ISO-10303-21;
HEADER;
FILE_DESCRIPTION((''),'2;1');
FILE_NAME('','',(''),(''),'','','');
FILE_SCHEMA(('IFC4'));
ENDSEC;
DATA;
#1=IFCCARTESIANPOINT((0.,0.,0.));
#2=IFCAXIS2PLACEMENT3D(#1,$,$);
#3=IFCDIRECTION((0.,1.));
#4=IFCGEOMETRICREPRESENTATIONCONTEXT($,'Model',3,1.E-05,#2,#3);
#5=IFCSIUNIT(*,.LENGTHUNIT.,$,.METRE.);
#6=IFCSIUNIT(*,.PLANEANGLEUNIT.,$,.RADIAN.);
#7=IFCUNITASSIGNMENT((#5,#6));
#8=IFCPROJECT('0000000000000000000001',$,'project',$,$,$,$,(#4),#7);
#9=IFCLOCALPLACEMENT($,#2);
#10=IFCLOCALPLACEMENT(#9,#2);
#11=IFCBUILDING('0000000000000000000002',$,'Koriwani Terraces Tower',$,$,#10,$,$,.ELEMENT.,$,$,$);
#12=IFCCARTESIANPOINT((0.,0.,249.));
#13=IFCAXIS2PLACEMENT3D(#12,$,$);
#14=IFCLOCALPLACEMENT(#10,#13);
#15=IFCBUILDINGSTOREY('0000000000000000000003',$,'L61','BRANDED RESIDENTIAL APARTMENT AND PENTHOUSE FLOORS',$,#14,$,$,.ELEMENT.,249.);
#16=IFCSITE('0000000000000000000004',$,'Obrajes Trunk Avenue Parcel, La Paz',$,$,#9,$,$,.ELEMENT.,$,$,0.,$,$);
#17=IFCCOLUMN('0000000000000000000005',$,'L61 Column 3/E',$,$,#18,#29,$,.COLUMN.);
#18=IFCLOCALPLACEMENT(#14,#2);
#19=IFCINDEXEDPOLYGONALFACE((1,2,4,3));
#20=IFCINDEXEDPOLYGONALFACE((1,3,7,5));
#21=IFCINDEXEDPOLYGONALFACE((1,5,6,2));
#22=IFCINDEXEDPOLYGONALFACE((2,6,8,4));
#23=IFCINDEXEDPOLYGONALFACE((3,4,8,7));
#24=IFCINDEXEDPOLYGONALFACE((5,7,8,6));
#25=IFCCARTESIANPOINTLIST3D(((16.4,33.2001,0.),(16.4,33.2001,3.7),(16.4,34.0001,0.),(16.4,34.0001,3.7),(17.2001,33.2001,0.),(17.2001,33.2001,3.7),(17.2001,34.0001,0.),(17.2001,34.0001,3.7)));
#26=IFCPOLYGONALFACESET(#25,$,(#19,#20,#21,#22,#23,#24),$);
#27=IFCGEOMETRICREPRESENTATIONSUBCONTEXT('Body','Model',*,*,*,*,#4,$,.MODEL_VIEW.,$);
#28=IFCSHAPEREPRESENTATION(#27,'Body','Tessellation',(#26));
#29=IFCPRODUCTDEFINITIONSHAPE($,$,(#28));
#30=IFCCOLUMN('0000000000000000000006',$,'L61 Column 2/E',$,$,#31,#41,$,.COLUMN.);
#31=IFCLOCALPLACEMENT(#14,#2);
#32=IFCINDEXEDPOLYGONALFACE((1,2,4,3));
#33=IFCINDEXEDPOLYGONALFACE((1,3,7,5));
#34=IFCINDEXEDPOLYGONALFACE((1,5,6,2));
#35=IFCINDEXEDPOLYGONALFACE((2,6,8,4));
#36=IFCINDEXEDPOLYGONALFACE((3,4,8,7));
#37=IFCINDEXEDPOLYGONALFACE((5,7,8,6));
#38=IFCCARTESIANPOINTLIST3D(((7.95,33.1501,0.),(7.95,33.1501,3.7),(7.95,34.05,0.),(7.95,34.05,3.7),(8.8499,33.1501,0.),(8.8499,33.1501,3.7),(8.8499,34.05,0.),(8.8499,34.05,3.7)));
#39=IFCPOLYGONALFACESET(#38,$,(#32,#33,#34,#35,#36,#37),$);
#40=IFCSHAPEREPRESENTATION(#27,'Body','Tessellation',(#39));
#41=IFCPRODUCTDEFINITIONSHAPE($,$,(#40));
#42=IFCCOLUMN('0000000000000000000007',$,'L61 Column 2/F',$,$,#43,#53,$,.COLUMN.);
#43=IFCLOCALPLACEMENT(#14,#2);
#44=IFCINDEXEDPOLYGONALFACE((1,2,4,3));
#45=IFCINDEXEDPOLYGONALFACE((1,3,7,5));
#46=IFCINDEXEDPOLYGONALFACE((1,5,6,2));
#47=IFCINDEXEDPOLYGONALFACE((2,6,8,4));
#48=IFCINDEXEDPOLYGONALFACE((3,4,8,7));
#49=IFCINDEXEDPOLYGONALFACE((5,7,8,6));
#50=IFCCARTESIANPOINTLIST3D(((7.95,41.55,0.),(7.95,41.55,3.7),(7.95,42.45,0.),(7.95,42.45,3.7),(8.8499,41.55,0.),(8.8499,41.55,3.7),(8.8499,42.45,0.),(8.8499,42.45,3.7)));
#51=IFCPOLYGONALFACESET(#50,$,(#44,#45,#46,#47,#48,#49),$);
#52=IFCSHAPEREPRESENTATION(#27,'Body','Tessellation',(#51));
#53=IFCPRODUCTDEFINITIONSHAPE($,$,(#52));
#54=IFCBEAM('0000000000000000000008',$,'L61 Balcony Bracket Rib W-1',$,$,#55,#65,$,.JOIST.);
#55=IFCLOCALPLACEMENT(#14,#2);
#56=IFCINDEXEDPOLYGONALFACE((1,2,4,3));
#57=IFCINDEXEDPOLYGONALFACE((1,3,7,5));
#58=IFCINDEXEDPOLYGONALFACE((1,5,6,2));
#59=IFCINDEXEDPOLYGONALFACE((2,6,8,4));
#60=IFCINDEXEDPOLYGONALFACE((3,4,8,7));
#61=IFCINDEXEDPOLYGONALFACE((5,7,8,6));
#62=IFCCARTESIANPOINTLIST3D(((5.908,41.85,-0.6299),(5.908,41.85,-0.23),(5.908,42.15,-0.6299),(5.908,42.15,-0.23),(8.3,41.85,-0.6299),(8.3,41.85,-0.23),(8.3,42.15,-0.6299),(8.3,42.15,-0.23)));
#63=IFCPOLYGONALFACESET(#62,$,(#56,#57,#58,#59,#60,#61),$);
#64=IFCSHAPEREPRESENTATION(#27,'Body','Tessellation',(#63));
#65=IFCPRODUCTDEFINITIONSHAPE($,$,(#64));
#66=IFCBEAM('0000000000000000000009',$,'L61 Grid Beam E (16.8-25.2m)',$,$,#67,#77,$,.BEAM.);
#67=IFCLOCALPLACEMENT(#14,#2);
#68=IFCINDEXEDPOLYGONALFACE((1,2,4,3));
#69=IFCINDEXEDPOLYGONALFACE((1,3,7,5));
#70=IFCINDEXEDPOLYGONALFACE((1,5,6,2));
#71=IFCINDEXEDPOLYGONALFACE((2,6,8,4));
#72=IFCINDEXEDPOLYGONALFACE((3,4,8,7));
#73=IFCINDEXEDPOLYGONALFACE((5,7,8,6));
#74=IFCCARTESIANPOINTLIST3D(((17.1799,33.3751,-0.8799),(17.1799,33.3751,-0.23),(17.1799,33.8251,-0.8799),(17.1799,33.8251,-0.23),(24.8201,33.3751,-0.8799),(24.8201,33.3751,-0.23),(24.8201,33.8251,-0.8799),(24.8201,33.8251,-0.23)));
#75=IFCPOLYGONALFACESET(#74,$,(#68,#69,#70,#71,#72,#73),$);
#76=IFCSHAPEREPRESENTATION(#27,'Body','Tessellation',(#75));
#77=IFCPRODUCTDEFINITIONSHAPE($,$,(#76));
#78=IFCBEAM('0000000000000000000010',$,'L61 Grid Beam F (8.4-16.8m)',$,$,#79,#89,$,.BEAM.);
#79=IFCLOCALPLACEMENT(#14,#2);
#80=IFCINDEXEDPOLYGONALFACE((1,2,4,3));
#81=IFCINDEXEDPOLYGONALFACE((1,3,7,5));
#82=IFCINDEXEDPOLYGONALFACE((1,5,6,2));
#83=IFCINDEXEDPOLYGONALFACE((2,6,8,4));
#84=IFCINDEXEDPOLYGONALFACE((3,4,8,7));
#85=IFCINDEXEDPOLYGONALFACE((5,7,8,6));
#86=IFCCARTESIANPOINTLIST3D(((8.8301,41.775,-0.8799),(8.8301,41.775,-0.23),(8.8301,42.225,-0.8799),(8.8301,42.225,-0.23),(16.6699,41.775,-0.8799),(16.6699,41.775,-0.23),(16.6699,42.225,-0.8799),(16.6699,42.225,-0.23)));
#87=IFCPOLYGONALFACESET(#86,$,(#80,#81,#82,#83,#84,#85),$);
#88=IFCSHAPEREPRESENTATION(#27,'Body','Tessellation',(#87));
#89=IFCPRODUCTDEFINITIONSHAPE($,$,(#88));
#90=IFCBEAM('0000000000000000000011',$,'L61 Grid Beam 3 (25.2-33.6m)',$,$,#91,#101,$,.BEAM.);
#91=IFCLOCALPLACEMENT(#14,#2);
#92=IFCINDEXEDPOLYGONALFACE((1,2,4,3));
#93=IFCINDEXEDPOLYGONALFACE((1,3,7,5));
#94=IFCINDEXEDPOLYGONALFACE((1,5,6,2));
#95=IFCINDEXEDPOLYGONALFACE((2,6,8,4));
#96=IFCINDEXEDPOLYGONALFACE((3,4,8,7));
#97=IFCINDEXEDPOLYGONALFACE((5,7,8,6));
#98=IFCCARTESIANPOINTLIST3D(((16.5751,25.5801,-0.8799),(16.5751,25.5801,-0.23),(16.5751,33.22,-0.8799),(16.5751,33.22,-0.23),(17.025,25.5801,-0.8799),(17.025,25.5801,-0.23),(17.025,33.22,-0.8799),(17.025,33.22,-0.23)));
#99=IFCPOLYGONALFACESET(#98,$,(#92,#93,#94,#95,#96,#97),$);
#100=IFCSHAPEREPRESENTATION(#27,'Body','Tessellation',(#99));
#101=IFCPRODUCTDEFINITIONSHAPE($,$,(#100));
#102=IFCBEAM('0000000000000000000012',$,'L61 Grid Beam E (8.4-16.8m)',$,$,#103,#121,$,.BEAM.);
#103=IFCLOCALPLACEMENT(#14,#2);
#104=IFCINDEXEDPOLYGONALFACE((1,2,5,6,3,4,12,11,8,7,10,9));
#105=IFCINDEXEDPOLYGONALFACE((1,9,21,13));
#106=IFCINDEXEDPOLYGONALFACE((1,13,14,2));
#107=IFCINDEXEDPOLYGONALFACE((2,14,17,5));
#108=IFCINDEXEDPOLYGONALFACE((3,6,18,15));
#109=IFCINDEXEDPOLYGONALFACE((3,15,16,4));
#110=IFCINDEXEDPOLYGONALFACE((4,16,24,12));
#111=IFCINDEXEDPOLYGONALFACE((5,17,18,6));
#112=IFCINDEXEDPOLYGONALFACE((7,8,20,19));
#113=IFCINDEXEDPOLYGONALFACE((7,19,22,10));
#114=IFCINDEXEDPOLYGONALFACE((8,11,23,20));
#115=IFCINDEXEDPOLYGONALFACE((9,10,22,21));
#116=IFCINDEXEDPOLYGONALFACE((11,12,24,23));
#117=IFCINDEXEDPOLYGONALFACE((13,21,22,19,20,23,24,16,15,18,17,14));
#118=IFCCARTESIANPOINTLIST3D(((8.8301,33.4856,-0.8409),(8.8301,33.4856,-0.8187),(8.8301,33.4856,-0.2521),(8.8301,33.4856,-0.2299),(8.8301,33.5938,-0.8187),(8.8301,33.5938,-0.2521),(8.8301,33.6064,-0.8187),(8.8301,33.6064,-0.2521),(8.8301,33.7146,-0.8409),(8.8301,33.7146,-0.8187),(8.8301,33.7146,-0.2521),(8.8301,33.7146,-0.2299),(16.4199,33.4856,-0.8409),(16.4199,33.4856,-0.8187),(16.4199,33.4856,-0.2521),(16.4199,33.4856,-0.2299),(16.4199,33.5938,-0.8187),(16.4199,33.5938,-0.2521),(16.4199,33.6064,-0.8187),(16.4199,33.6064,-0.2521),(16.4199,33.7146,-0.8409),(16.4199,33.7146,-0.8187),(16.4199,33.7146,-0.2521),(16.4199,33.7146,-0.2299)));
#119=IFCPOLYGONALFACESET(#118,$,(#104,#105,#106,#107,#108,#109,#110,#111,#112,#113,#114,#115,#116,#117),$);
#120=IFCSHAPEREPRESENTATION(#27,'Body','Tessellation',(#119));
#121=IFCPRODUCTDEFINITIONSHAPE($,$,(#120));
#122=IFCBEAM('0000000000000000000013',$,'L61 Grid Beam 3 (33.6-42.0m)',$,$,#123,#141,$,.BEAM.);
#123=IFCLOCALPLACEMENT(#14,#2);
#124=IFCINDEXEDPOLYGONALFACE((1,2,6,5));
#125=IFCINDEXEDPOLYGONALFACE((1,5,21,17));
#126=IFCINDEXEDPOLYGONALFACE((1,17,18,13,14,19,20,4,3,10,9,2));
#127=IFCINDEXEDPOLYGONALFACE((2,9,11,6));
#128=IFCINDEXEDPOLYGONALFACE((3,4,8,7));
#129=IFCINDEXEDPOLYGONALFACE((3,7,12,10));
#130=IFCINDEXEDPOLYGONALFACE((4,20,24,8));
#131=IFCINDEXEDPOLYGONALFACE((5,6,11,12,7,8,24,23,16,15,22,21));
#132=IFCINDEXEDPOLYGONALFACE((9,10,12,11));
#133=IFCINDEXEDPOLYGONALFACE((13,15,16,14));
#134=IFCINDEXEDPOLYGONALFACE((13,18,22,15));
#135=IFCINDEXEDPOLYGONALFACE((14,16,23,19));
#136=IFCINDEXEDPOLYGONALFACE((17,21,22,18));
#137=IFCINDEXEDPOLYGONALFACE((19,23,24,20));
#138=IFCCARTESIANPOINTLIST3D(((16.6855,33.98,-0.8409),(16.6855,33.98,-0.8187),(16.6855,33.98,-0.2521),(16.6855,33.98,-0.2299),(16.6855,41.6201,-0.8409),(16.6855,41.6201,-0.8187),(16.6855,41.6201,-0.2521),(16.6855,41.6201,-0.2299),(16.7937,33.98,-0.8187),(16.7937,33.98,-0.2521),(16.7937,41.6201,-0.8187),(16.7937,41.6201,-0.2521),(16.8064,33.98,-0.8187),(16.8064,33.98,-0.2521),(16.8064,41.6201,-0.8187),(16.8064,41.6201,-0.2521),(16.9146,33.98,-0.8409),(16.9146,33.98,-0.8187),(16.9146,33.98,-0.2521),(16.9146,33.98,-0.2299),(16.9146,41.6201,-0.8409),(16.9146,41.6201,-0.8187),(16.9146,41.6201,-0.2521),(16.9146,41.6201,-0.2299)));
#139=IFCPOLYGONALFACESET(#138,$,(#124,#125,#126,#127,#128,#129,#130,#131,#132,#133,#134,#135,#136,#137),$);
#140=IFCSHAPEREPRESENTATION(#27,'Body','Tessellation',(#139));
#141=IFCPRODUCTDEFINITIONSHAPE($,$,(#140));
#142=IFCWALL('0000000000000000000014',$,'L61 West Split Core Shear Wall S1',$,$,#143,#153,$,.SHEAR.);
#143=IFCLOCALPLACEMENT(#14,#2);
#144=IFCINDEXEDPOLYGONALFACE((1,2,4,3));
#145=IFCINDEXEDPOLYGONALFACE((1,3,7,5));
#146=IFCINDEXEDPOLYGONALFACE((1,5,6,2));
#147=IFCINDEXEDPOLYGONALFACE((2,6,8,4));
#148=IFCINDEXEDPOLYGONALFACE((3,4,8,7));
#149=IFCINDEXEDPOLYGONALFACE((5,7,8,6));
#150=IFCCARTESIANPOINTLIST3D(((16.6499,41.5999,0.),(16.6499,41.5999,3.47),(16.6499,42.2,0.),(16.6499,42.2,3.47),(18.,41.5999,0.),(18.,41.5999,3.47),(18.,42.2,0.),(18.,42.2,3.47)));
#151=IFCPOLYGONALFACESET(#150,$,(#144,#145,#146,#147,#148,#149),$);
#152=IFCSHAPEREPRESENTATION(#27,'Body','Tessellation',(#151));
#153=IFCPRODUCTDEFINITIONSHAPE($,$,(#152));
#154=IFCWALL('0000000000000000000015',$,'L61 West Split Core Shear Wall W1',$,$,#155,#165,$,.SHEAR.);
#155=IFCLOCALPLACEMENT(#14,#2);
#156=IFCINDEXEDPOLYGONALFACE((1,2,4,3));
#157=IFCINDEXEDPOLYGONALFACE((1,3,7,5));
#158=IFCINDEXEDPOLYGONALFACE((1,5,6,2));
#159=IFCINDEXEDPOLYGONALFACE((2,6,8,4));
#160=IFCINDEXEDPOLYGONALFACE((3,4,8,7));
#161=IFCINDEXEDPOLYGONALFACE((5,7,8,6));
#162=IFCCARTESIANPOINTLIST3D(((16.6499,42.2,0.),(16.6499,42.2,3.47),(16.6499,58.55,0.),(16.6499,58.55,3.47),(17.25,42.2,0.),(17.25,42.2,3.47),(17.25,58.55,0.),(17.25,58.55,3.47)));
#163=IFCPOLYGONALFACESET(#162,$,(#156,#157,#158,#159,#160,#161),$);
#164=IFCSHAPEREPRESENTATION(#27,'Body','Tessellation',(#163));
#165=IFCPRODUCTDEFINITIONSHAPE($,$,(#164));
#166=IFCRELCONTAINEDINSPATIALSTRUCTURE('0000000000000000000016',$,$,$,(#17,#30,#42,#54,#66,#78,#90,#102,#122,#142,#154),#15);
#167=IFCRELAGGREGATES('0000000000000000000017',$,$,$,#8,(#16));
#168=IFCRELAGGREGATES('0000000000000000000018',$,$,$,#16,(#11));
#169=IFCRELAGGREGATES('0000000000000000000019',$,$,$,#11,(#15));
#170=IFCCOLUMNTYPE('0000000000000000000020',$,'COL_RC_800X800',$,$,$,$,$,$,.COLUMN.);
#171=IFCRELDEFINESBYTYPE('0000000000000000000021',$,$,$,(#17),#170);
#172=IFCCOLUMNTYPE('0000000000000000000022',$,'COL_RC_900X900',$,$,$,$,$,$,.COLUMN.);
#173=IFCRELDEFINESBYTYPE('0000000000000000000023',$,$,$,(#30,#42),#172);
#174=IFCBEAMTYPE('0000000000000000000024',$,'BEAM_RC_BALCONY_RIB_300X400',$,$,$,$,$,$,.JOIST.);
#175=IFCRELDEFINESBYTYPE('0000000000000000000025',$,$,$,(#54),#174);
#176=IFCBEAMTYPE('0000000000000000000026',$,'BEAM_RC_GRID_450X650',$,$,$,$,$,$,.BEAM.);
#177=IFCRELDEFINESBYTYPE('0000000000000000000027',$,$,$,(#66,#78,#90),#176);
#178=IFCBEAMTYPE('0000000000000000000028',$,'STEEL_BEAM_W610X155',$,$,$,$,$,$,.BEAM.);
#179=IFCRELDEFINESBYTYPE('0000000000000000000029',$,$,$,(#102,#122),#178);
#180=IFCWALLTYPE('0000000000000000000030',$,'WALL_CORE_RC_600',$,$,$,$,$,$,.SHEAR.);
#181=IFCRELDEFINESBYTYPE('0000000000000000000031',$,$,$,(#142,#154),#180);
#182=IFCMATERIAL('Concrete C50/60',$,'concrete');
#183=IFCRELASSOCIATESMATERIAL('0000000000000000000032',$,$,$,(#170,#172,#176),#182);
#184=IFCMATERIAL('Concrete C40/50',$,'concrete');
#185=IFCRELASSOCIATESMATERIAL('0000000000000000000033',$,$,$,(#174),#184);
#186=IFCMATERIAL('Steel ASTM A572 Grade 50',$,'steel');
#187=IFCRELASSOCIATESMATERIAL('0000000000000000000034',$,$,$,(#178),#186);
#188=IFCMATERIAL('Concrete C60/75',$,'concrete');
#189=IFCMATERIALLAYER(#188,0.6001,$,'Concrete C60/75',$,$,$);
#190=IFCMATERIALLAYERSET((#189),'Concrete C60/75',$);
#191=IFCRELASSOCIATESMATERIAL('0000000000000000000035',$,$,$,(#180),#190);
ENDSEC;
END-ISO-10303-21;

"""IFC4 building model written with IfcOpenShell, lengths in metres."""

from ifc_helpers import new_model, si_unit, direction, frame, frame_2d, origin, origin_2d, place, context, subcontext, project, spatial, rectangle, i_section, extrude, material, layer, layer_set, material_profile, profile_set, type_object, element, save


model = new_model("IFC4")

# Units and contexts
model_context = context("Model", 3, precision=1e-05, world=origin(), true_north=direction((0.0, 1.0)))
body_context = subcontext(model_context, "Body", "Model", "MODEL_VIEW")
ifc_project = project(units=[si_unit("LENGTHUNIT", "METRE"), si_unit("PLANEANGLEUNIT", "RADIAN")], contexts=[model_context])

# Site, building, storey
site_placement = place(None, origin())
site = spatial("IfcSite", under=ifc_project, at=site_placement, Name="Obrajes Trunk Avenue Parcel, La Paz", CompositionType="ELEMENT", RefElevation=0.0)
building_placement = place(site_placement, origin())
building = spatial("IfcBuilding", under=site, at=building_placement, Name="Koriwani Terraces Tower", CompositionType="ELEMENT")
storey_placement = place(building_placement, frame((0.0, 0.0, 249.0)))
storey = spatial("IfcBuildingStorey", under=building, at=storey_placement, Name="L61", Description="BRANDED RESIDENTIAL APARTMENT AND PENTHOUSE FLOORS", CompositionType="ELEMENT", Elevation=249.0)

# Columns
ifc_material_1 = material(Name="Concrete C50/60", Category="concrete")
ifc_material_profile_1 = material_profile(ifc_material_1, rectangle(XDim=0.8, YDim=0.8, at=origin_2d()), Name="Concrete C50/60", Category="LoadBearing")
ifc_profile_set_1 = profile_set([ifc_material_profile_1], Name="Concrete C50/60")
column_type_1 = type_object("IfcColumnType", Name="COL_RC_800X800", PredefinedType="COLUMN", material=ifc_profile_set_1)
column_placement = place(storey_placement, frame((16.8, 33.6001, 0.0), z_axis=(0.0, 0.0, 1.0), x_axis=(1.0, 0.0, 0.0)))
element("IfcColumn", 1, at=column_placement, inside=storey, type_object=column_type_1, Name="L61 Column 3/E", PredefinedType="COLUMN", context=body_context, shape_type="SweptSolid", body=[
    extrude(rectangle(XDim=0.8, YDim=0.8, at=origin_2d()), origin(), (0.0, 0.0, 1.0), 3.7),
])
ifc_material_profile_2 = material_profile(ifc_material_1, rectangle(XDim=0.8999, YDim=0.8999, at=origin_2d()), Name="Concrete C50/60", Category="LoadBearing")
ifc_profile_set_2 = profile_set([ifc_material_profile_2], Name="Concrete C50/60")
column_type_2 = type_object("IfcColumnType", Name="COL_RC_900X900", PredefinedType="COLUMN", material=ifc_profile_set_2)
for number, where, z_axis, x_axis, name in (
    (2, (8.3999, 33.6001, 0.0), (0.0, 0.0, 1.0), (1.0, 0.0, 0.0), "L61 Column 2/E"),
    (3, (8.3999, 42.0, 0.0), (0.0, 0.0, 1.0), (1.0, 0.0, 0.0), "L61 Column 2/F"),
):
    element("IfcColumn", number, at=place(storey_placement, frame(where, z_axis=z_axis, x_axis=x_axis)), inside=storey, type_object=column_type_2, Name=name, PredefinedType="COLUMN", context=body_context, shape_type="SweptSolid", body=[
        extrude(rectangle(XDim=0.8999, YDim=0.8999, at=origin_2d()), origin(), (0.0, 0.0, 1.0), 3.7),
    ])

# Beams
ifc_material_2 = material(Name="Concrete C40/50", Category="concrete")
ifc_material_profile_3 = material_profile(ifc_material_2, rectangle(XDim=0.3, YDim=0.3999, at=origin_2d()), Name="Concrete C40/50", Category="LoadBearing")
ifc_profile_set_3 = profile_set([ifc_material_profile_3], Name="Concrete C40/50")
beam_type_1 = type_object("IfcBeamType", Name="BEAM_RC_BALCONY_RIB_300X400", PredefinedType="JOIST", material=ifc_profile_set_3)
beam_1_placement = place(storey_placement, frame((5.908, 42.0, -0.4299), z_axis=(1.0, 0.0, 0.0), x_axis=(0.0, 1.0, 0.0)))
element("IfcBeam", 4, at=beam_1_placement, inside=storey, type_object=beam_type_1, Name="L61 Balcony Bracket Rib W-1", PredefinedType="JOIST", context=body_context, shape_type="SweptSolid", body=[
    extrude(rectangle(XDim=0.3, YDim=0.3999, at=origin_2d()), origin(), (0.0, 0.0, 1.0), 2.3921),
])
ifc_material_profile_4 = material_profile(ifc_material_1, rectangle(XDim=0.45, YDim=0.6499, at=origin_2d()), Name="Concrete C50/60", Category="LoadBearing")
ifc_profile_set_4 = profile_set([ifc_material_profile_4], Name="Concrete C50/60")
beam_type_2 = type_object("IfcBeamType", Name="BEAM_RC_GRID_450X650", PredefinedType="BEAM", material=ifc_profile_set_4)
beam_2_placement = place(storey_placement, frame((17.1799, 33.6001, -0.5549), z_axis=(1.0, 0.0, 0.0), x_axis=(0.0, 1.0, 0.0)))
element("IfcBeam", 5, at=beam_2_placement, inside=storey, type_object=beam_type_2, Name="L61 Grid Beam E (16.8-25.2m)", PredefinedType="BEAM", context=body_context, shape_type="SweptSolid", body=[
    extrude(rectangle(XDim=0.45, YDim=0.6499, at=origin_2d()), origin(), (0.0, 0.0, 1.0), 7.6401),
])
beam_3_placement = place(storey_placement, frame((8.8301, 42.0, -0.5549), z_axis=(1.0, 0.0, 0.0), x_axis=(0.0, 1.0, 0.0)))
element("IfcBeam", 6, at=beam_3_placement, inside=storey, type_object=beam_type_2, Name="L61 Grid Beam F (8.4-16.8m)", PredefinedType="BEAM", context=body_context, shape_type="SweptSolid", body=[
    extrude(rectangle(XDim=0.45, YDim=0.6499, at=origin_2d()), origin(), (0.0, 0.0, 1.0), 7.8398),
])
beam_4_placement = place(storey_placement, frame((16.8, 25.5801, -0.5549), z_axis=(0.0, 1.0, 0.0), x_axis=(-1.0, 0.0, 0.0)))
element("IfcBeam", 7, at=beam_4_placement, inside=storey, type_object=beam_type_2, Name="L61 Grid Beam 3 (25.2-33.6m)", PredefinedType="BEAM", context=body_context, shape_type="SweptSolid", body=[
    extrude(rectangle(XDim=0.45, YDim=0.6499, at=origin_2d()), origin(), (0.0, 0.0, 1.0), 7.6399),
])
ifc_material_3 = material(Name="Steel ASTM A572 Grade 50", Category="steel")
ifc_material_profile_5 = material_profile(ifc_material_3, i_section(OverallWidth=0.229, OverallDepth=0.6111, WebThickness=0.0127, FlangeThickness=0.0222, at=origin_2d()), Name="Steel ASTM A572 Grade 50", Category="LoadBearing")
ifc_profile_set_5 = profile_set([ifc_material_profile_5], Name="Steel ASTM A572 Grade 50")
beam_type_3 = type_object("IfcBeamType", Name="STEEL_BEAM_W610X155", PredefinedType="BEAM", material=ifc_profile_set_5)
beam_5_placement = place(storey_placement, frame((8.8301, 33.6001, -0.5354), z_axis=(1.0, 0.0, 0.0), x_axis=(0.0, 1.0, 0.0)))
element("IfcBeam", 8, at=beam_5_placement, inside=storey, type_object=beam_type_3, Name="L61 Grid Beam E (8.4-16.8m)", PredefinedType="BEAM", context=body_context, shape_type="SweptSolid", body=[
    extrude(i_section(OverallWidth=0.229, OverallDepth=0.6111, WebThickness=0.0127, FlangeThickness=0.0222, at=origin_2d()), origin(), (0.0, 0.0, 1.0), 7.5898),
])
beam_6_placement = place(storey_placement, frame((16.8, 33.98, -0.5354), z_axis=(0.0, 1.0, 0.0), x_axis=(-1.0, 0.0, 0.0)))
element("IfcBeam", 9, at=beam_6_placement, inside=storey, type_object=beam_type_3, Name="L61 Grid Beam 3 (33.6-42.0m)", PredefinedType="BEAM", context=body_context, shape_type="SweptSolid", body=[
    extrude(i_section(OverallWidth=0.229, OverallDepth=0.6111, WebThickness=0.0127, FlangeThickness=0.0222, at=origin_2d()), origin(), (0.0, 0.0, 1.0), 7.6401),
])

# Walls
ifc_material_4 = material(Name="Concrete C60/75", Category="concrete")
ifc_layer_1 = layer(ifc_material_4, 0.6001, Name="Concrete C60/75")
ifc_layer_set_1 = layer_set([ifc_layer_1], Name="Concrete C60/75")
wall_type_1 = type_object("IfcWallType", Name="WALL_CORE_RC_600", PredefinedType="SHEAR", material=ifc_layer_set_1)
wall_1_placement = place(storey_placement, frame((16.6499, 41.8999, 0.0), z_axis=(0.0, 0.0, 1.0), x_axis=(1.0, 0.0, 0.0)))
element("IfcWall", 10, at=wall_1_placement, inside=storey, type_object=wall_type_1, Name="L61 West Split Core Shear Wall S1", PredefinedType="SHEAR", context=body_context, shape_type="SweptSolid", body=[
    extrude(rectangle(XDim=1.3501, YDim=0.6001, at=frame_2d((0.675, 0.0))), origin(), (0.0, 0.0, 1.0), 3.47),
])
wall_2_placement = place(storey_placement, frame((16.95, 42.2, 0.0), z_axis=(0.0, 0.0, 1.0), x_axis=(0.0, 1.0, 0.0)))
element("IfcWall", 11, at=wall_2_placement, inside=storey, type_object=wall_type_1, Name="L61 West Split Core Shear Wall W1", PredefinedType="SHEAR", context=body_context, shape_type="SweptSolid", body=[
    extrude(rectangle(XDim=16.3501, YDim=0.6001, at=frame_2d((8.175, 0.0))), origin(), (0.0, 0.0, 1.0), 3.47),
])

save(model, "model.ifc")
